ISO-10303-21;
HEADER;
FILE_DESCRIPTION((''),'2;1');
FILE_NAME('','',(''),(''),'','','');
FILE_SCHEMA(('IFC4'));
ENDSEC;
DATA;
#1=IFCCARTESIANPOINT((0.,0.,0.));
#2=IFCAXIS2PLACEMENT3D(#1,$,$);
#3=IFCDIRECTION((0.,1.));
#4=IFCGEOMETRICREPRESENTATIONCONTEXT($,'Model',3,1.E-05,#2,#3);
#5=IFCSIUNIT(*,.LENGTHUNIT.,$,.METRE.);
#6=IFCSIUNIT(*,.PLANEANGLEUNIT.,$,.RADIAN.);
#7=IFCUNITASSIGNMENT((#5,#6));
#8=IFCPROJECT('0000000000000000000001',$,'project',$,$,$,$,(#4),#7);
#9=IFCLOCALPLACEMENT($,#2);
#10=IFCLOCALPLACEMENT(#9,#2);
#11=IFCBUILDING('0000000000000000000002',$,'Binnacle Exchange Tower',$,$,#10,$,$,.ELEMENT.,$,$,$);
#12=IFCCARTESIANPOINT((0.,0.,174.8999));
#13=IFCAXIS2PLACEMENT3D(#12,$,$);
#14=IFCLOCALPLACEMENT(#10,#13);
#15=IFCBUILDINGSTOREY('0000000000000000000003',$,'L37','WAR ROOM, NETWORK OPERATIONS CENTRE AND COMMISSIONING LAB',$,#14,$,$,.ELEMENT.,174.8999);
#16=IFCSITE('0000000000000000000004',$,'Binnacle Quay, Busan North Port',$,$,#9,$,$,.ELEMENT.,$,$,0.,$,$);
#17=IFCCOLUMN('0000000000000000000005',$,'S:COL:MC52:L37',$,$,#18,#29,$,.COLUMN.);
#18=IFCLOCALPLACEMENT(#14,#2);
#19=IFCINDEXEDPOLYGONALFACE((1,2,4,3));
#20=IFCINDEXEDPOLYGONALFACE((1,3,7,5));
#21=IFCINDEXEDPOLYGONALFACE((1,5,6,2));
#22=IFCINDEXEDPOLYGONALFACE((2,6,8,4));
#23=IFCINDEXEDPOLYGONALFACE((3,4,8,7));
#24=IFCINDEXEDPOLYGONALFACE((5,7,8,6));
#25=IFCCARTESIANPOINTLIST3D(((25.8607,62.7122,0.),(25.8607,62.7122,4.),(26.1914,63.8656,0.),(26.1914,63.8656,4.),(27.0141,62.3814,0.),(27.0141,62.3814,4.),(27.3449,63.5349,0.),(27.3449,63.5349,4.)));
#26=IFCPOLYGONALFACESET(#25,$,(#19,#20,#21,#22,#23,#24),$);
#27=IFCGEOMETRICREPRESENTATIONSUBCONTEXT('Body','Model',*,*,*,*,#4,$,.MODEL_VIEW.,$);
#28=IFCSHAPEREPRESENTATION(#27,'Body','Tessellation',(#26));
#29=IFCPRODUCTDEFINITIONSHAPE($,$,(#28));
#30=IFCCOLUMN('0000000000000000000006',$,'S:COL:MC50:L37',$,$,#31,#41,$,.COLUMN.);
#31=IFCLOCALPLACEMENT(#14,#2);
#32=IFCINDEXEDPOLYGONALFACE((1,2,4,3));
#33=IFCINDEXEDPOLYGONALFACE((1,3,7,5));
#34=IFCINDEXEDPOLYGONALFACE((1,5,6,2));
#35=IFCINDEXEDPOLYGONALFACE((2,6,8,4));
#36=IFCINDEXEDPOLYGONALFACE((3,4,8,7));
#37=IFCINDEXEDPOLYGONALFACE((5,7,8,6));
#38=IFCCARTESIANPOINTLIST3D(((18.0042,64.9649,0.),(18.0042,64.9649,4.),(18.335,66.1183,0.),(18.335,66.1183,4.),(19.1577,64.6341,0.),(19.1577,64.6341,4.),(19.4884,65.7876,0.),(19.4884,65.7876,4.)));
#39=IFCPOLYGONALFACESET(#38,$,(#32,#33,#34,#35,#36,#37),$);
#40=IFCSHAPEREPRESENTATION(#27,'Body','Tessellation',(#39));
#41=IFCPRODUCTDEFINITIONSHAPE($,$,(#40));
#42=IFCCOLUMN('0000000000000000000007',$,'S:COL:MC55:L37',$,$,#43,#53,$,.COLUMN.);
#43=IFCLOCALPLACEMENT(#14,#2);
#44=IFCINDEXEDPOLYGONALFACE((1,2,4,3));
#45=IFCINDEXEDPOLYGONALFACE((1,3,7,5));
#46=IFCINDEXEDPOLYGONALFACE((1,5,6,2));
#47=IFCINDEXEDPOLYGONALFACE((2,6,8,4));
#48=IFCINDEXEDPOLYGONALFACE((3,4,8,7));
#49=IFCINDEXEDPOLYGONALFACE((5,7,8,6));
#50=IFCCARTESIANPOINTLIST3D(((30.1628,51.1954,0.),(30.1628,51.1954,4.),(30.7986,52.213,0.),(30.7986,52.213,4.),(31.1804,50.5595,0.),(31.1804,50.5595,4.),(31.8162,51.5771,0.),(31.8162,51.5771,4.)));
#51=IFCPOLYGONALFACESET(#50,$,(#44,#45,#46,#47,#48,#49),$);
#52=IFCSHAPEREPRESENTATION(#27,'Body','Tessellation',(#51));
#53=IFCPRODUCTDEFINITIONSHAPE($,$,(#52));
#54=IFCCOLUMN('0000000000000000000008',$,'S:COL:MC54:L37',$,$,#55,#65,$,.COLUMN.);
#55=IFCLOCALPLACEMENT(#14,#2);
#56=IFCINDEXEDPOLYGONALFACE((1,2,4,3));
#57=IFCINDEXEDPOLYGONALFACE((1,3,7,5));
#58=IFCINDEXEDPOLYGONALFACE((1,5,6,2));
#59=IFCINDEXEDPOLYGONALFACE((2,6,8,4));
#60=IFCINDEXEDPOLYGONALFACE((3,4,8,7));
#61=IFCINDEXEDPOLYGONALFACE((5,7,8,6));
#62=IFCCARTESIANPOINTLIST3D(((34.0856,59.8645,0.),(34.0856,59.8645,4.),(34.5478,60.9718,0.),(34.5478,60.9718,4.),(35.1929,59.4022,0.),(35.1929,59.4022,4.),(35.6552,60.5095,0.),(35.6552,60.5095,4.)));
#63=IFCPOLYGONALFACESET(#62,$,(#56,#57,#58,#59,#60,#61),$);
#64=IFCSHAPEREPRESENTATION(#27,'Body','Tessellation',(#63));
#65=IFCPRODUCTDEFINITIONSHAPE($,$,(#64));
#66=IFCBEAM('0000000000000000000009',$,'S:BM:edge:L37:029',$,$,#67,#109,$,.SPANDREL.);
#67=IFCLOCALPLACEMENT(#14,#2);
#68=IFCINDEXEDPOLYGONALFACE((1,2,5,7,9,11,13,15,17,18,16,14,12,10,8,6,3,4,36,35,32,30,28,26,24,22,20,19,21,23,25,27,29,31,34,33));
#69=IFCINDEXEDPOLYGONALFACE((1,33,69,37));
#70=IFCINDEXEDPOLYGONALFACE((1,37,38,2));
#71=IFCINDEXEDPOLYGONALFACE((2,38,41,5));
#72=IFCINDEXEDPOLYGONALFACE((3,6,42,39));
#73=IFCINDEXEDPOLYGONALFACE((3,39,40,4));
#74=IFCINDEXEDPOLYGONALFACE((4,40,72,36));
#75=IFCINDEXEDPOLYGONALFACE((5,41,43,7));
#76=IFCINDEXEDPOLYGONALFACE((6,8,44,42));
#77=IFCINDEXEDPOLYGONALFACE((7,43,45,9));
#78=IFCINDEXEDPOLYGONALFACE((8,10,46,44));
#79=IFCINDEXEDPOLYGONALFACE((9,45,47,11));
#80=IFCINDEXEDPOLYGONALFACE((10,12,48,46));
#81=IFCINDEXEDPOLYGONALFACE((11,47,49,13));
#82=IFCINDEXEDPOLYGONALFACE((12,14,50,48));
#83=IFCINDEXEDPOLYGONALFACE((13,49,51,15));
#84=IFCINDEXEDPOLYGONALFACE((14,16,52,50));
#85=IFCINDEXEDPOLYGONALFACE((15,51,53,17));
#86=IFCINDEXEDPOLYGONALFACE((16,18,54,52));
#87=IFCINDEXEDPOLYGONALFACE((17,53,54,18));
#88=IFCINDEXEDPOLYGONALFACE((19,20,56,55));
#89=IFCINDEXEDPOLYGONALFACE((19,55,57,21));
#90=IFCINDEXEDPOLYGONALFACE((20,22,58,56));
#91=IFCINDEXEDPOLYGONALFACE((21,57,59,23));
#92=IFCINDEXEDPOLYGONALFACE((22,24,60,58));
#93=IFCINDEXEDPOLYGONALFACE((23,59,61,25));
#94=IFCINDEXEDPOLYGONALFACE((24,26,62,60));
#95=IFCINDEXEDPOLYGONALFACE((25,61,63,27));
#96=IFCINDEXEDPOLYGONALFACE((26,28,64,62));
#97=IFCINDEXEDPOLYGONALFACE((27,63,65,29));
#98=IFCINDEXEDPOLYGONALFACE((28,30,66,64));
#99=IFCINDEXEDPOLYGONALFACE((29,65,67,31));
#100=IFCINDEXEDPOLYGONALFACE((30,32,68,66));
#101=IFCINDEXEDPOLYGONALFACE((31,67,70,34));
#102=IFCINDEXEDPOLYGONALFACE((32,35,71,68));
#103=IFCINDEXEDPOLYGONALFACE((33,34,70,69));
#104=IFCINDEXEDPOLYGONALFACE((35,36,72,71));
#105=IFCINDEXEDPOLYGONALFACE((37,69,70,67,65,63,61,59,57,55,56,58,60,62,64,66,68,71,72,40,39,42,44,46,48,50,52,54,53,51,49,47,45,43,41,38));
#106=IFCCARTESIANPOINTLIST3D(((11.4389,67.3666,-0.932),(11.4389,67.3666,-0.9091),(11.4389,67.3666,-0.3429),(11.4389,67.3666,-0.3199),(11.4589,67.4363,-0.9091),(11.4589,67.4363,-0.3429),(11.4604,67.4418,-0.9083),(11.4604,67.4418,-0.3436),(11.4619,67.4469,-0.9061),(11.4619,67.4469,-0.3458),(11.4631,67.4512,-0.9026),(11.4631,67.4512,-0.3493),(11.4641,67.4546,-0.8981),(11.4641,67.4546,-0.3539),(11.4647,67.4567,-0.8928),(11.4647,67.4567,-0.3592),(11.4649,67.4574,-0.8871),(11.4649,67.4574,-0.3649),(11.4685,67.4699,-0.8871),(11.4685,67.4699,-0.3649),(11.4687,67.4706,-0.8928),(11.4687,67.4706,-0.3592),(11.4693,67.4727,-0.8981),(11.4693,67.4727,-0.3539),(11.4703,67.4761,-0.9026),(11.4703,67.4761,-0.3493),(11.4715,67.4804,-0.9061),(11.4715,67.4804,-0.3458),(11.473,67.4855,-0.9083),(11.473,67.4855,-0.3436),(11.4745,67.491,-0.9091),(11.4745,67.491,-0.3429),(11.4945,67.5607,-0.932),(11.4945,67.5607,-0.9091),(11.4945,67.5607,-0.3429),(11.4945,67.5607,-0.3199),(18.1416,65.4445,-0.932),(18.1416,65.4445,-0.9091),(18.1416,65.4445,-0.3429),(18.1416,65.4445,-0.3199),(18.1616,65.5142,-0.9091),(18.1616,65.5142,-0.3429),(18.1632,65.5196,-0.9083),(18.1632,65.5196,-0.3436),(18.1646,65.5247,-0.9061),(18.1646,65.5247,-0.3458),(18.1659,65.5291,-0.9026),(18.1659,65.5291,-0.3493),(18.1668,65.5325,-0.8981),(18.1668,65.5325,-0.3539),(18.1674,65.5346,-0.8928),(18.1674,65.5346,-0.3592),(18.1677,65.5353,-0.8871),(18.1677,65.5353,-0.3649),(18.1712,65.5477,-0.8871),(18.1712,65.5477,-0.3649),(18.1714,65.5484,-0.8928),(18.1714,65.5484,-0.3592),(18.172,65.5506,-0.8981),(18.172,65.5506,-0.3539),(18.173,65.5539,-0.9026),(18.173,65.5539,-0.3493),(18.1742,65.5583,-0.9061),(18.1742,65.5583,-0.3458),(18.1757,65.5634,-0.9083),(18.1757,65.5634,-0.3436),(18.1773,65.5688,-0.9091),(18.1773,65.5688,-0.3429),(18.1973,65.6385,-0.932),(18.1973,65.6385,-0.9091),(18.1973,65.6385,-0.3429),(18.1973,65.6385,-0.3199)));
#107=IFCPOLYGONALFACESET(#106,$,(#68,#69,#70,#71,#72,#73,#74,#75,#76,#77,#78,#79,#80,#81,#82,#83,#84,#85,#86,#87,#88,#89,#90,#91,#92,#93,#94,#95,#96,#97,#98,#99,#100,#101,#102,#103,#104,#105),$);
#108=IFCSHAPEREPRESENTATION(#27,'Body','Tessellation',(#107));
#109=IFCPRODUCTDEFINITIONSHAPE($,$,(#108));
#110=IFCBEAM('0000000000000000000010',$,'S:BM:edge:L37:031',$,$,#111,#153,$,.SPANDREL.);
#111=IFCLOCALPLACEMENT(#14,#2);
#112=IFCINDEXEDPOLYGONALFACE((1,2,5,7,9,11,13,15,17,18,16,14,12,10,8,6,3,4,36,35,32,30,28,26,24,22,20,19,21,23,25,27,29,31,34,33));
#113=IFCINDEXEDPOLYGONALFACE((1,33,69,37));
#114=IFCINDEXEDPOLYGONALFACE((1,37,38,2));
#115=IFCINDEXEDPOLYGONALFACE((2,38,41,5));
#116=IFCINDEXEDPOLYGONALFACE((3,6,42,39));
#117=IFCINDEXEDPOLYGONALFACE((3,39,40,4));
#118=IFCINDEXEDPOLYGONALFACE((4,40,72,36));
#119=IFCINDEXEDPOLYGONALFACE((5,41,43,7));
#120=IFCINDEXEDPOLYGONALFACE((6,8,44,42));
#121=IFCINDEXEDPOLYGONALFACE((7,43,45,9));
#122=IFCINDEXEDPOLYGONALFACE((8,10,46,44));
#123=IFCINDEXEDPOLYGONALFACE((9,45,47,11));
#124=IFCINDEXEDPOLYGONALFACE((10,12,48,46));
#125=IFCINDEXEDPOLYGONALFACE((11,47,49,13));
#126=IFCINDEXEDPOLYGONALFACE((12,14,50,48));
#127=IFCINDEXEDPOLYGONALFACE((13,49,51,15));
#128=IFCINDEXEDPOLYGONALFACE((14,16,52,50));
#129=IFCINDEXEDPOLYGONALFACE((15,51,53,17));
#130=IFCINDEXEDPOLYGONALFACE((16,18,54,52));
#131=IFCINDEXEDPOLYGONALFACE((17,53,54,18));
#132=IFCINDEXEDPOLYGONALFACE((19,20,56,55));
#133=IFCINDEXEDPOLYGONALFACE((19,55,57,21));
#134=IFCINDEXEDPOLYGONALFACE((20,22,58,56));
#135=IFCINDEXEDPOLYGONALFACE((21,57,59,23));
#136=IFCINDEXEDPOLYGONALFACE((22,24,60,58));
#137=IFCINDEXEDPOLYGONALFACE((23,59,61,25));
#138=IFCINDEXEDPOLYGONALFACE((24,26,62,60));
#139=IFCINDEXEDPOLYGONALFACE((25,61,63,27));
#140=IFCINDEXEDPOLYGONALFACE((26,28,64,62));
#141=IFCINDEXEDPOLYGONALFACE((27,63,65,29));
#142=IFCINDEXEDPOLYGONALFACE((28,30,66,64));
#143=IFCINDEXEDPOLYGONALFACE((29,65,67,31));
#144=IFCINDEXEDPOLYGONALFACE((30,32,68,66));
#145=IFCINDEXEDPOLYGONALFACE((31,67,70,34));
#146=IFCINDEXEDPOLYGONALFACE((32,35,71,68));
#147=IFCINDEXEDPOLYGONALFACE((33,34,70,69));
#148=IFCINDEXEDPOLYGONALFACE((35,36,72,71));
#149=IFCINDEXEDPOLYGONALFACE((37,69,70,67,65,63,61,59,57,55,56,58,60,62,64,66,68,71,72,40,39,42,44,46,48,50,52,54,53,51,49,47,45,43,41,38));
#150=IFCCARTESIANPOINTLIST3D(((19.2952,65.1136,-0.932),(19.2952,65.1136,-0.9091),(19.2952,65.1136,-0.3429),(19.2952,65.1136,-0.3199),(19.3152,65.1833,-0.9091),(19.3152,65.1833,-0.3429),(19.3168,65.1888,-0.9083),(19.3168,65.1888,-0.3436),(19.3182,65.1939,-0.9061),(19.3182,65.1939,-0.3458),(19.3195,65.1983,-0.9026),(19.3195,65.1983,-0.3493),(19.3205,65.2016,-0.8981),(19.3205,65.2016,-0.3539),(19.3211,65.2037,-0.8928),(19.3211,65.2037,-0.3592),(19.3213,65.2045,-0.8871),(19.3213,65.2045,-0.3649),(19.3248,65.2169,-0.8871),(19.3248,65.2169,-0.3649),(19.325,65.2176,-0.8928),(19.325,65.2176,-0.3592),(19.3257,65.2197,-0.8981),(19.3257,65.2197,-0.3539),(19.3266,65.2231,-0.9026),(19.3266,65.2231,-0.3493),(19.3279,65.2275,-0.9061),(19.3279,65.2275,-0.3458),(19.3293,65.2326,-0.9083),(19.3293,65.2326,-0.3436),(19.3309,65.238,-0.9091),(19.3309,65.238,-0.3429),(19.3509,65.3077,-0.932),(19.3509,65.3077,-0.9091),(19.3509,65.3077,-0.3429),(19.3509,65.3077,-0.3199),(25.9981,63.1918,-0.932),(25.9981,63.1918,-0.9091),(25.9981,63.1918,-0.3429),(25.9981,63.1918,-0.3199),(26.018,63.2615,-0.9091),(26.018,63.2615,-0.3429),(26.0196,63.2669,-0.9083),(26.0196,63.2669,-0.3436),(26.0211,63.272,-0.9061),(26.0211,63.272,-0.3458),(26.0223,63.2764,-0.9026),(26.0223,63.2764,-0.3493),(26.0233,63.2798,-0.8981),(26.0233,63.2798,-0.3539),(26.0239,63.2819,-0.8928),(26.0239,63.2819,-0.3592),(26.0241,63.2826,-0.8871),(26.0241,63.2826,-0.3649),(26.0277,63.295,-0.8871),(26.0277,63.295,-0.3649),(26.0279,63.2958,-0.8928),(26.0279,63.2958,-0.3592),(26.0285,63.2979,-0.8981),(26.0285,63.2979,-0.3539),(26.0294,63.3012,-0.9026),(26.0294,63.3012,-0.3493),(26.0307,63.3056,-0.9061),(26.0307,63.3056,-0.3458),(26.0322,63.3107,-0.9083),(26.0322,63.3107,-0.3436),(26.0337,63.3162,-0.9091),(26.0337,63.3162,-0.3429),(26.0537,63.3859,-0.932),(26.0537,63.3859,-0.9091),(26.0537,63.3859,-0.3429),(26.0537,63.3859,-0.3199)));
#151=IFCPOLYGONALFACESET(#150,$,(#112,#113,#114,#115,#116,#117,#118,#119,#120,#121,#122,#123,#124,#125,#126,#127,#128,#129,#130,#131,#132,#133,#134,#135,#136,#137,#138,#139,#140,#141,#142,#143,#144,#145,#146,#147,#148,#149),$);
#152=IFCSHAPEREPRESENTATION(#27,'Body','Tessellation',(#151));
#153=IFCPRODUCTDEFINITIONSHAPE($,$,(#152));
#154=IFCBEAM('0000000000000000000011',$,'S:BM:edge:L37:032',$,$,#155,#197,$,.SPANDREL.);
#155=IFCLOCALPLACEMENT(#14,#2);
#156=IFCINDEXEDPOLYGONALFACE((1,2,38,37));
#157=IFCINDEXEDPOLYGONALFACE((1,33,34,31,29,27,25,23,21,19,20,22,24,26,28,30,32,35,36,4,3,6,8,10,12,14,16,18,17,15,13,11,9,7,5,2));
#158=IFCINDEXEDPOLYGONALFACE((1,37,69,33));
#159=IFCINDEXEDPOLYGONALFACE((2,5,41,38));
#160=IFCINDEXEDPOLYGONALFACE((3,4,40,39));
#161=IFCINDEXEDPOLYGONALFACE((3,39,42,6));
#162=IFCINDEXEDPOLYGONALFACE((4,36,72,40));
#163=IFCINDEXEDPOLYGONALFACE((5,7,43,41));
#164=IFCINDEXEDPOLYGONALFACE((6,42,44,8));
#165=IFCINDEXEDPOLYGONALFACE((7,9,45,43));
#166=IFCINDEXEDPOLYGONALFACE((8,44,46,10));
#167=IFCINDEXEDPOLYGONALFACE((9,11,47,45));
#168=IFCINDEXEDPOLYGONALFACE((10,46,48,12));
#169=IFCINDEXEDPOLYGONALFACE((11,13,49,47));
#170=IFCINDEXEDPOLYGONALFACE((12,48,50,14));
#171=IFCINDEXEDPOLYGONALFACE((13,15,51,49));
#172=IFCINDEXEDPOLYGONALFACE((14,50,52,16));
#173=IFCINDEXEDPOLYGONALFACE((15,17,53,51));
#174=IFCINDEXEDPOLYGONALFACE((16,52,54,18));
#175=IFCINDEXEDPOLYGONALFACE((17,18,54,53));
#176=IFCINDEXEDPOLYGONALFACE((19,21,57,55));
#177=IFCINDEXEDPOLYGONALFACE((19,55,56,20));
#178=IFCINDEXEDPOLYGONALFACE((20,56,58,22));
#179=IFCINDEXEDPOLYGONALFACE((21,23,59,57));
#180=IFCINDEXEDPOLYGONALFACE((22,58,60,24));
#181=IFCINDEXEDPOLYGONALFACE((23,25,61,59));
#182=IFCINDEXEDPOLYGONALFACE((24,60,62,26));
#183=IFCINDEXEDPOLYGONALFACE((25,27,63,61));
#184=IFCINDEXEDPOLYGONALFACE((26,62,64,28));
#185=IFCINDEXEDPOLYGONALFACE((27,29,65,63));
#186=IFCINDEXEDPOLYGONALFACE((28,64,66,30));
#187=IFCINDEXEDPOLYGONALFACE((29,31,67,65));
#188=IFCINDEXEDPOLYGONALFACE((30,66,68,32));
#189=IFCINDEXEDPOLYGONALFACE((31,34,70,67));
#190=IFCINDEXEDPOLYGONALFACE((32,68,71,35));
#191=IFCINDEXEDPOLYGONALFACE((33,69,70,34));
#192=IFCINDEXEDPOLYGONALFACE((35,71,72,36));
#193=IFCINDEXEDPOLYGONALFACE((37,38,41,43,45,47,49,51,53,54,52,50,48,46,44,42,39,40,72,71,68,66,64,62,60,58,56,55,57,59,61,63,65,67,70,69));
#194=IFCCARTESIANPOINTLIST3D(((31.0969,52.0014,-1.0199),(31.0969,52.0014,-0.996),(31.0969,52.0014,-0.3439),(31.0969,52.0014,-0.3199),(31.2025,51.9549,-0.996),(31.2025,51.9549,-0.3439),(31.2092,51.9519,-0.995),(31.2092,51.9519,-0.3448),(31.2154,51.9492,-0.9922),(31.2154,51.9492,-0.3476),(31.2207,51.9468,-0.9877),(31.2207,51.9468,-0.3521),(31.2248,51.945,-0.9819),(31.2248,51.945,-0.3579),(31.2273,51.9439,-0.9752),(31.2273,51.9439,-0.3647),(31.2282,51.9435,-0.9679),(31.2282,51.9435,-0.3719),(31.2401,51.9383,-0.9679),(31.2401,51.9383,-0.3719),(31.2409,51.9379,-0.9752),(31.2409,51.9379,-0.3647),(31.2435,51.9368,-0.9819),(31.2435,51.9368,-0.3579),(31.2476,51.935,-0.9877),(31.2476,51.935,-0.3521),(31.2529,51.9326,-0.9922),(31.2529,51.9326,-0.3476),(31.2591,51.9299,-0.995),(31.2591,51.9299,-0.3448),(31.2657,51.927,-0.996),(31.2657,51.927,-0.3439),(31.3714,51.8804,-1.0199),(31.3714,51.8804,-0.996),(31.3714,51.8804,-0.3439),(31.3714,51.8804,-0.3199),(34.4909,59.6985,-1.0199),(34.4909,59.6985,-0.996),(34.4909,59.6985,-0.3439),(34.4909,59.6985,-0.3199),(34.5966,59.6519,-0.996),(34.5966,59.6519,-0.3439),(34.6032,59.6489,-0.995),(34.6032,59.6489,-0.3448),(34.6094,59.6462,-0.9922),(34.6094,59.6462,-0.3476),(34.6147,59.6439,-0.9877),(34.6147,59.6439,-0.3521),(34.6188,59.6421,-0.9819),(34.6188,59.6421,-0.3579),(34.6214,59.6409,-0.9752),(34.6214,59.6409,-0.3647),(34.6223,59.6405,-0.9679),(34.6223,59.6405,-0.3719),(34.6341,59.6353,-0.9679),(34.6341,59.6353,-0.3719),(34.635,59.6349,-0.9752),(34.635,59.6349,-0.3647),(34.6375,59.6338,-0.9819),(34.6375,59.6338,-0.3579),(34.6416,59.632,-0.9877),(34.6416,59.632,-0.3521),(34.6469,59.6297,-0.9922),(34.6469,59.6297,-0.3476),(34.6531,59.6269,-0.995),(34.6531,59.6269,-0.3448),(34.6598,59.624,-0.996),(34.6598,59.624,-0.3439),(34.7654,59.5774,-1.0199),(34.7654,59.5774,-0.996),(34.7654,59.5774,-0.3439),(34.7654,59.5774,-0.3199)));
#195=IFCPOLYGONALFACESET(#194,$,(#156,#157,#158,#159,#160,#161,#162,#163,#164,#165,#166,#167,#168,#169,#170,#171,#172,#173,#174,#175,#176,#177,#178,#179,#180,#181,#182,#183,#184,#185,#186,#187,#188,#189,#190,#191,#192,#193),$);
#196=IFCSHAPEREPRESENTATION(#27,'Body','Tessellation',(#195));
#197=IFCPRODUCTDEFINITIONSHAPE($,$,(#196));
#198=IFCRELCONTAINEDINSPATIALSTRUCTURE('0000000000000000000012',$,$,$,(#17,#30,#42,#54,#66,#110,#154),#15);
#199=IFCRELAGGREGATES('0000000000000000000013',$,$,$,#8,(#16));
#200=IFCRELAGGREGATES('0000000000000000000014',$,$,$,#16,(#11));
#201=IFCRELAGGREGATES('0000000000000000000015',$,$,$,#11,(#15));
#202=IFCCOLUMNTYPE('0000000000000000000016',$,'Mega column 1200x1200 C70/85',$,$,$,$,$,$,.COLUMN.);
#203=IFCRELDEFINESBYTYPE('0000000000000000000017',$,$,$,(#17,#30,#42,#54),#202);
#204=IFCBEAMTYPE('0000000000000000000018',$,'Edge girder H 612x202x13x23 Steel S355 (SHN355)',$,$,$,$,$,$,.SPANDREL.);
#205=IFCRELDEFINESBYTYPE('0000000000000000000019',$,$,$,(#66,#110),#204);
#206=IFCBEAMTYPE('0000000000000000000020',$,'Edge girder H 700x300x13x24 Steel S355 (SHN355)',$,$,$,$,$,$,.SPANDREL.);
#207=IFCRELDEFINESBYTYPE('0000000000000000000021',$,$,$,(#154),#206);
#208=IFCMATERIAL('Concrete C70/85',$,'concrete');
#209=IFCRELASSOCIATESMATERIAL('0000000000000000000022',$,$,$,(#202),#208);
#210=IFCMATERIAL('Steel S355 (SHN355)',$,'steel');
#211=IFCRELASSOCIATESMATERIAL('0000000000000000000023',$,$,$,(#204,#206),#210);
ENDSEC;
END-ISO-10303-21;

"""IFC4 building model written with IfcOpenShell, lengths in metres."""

from ifc_helpers import new_model, si_unit, direction, frame, origin, origin_2d, place, context, subcontext, project, spatial, rectangle, i_section, extrude, material, material_profile, profile_set, type_object, element, save


model = new_model("IFC4")

# Units and contexts
model_context = context("Model", 3, precision=1e-05, world=origin(), true_north=direction((0.0, 1.0)))
body_context = subcontext(model_context, "Body", "Model", "MODEL_VIEW")
ifc_project = project(units=[si_unit("LENGTHUNIT", "METRE"), si_unit("PLANEANGLEUNIT", "RADIAN")], contexts=[model_context])

# Site, building, storey
site_placement = place(None, origin())
site = spatial("IfcSite", under=ifc_project, at=site_placement, Name="Binnacle Quay, Busan North Port", CompositionType="ELEMENT", RefElevation=0.0)
building_placement = place(site_placement, origin())
building = spatial("IfcBuilding", under=site, at=building_placement, Name="Binnacle Exchange Tower", CompositionType="ELEMENT")
storey_placement = place(building_placement, frame((0.0, 0.0, 174.8999)))
storey = spatial("IfcBuildingStorey", under=building, at=storey_placement, Name="L37", Description="WAR ROOM, NETWORK OPERATIONS CENTRE AND COMMISSIONING LAB", CompositionType="ELEMENT", Elevation=174.8999)

# Columns
ifc_material_1 = material(Name="Concrete C70/85", Category="concrete")
ifc_material_profile_1 = material_profile(ifc_material_1, rectangle(XDim=1.2, YDim=1.2, at=origin_2d()), Name="Mega column 1200x1200 C70/85")
ifc_profile_set_1 = profile_set([ifc_material_profile_1], Name="Concrete C70/85")
column_type = type_object("IfcColumnType", Name="Mega column 1200x1200 C70/85", PredefinedType="COLUMN", material=ifc_profile_set_1)
for number, where, z_axis, x_axis, name in (
    (1, (26.6028, 63.1235, 0.0), (0.0, 0.0, 1.0), (-0.961262, 0.275637, 0.0), "S:COL:MC52:L37"),
    (2, (18.7463, 65.3762, 0.0), (0.0, 0.0, 1.0), (-0.961262, 0.275637, 0.0), "S:COL:MC50:L37"),
    (3, (30.9895, 51.3862, 0.0), (0.0, 0.0, 1.0), (0.529919, 0.848048, 0.0), "S:COL:MC55:L37"),
    (4, (34.8704, 60.187, 0.0), (0.0, 0.0, 1.0), (-0.922814, 0.385246, 0.0), "S:COL:MC54:L37"),
):
    element("IfcColumn", number, at=place(storey_placement, frame(where, z_axis=z_axis, x_axis=x_axis)), inside=storey, type_object=column_type, Name=name, PredefinedType="COLUMN", context=body_context, shape_type="SweptSolid", body=[
        extrude(rectangle(XDim=1.2, YDim=1.2, at=origin_2d()), origin(), (0.0, 0.0, 1.0), 4.0),
    ])

# Beams
ifc_material_2 = material(Name="Steel S355 (SHN355)", Category="steel")
ifc_material_profile_2 = material_profile(ifc_material_2, i_section(OverallWidth=0.2019, OverallDepth=0.6121, WebThickness=0.0129, FlangeThickness=0.0229, FilletRadius=0.022, at=origin_2d()), Name="H 612x202x13x23")
ifc_profile_set_2 = profile_set([ifc_material_profile_2], Name="Steel S355 (SHN355)")
beam_type_1 = type_object("IfcBeamType", Name="Edge girder H 612x202x13x23 Steel S355 (SHN355)", PredefinedType="SPANDREL", material=ifc_profile_set_2)
for number, where, z_axis, x_axis, name in (
    (5, (18.1694, 65.5415, -0.626), (-0.961255, 0.27566, 0.0), (-0.27566, -0.961255, 0.0), "S:BM:edge:L37:029"),
    (6, (26.0259, 63.2888, -0.626), (-0.961267, 0.275618, 0.0), (-0.275618, -0.961267, 0.0), "S:BM:edge:L37:031"),
):
    element("IfcBeam", number, at=place(storey_placement, frame(where, z_axis=z_axis, x_axis=x_axis)), inside=storey, type_object=beam_type_1, Name=name, PredefinedType="SPANDREL", context=body_context, shape_type="SweptSolid", body=[
        extrude(i_section(OverallWidth=0.2019, OverallDepth=0.6121, WebThickness=0.0129, FlangeThickness=0.0229, FilletRadius=0.022, at=origin_2d()), origin(), (0.0, 0.0, 1.0), 6.9729),
    ])
ifc_material_profile_3 = material_profile(ifc_material_2, i_section(OverallWidth=0.3, OverallDepth=0.7, WebThickness=0.0129, FlangeThickness=0.0239, FilletRadius=0.0281, at=origin_2d()), Name="H 700x300x13x24")
ifc_profile_set_3 = profile_set([ifc_material_profile_3], Name="Steel S355 (SHN355)")
beam_type_2 = type_object("IfcBeamType", Name="Edge girder H 700x300x13x24 Steel S355 (SHN355)", PredefinedType="SPANDREL", material=ifc_profile_set_3)
beam_1_placement = place(storey_placement, frame((31.2341, 51.9409, -0.6699), z_axis=(0.403471, 0.914992, 0.0), x_axis=(-0.914992, 0.403471, 0.0)))
element("IfcBeam", 7, at=beam_1_placement, inside=storey, type_object=beam_type_2, Name="S:BM:edge:L37:032", PredefinedType="SPANDREL", context=body_context, shape_type="SweptSolid", body=[
    extrude(i_section(OverallWidth=0.3, OverallDepth=0.7, WebThickness=0.0129, FlangeThickness=0.0239, FilletRadius=0.0281, at=origin_2d()), origin(), (0.0, 0.0, 1.0), 8.4121),
])

save(model, "model.ifc")
